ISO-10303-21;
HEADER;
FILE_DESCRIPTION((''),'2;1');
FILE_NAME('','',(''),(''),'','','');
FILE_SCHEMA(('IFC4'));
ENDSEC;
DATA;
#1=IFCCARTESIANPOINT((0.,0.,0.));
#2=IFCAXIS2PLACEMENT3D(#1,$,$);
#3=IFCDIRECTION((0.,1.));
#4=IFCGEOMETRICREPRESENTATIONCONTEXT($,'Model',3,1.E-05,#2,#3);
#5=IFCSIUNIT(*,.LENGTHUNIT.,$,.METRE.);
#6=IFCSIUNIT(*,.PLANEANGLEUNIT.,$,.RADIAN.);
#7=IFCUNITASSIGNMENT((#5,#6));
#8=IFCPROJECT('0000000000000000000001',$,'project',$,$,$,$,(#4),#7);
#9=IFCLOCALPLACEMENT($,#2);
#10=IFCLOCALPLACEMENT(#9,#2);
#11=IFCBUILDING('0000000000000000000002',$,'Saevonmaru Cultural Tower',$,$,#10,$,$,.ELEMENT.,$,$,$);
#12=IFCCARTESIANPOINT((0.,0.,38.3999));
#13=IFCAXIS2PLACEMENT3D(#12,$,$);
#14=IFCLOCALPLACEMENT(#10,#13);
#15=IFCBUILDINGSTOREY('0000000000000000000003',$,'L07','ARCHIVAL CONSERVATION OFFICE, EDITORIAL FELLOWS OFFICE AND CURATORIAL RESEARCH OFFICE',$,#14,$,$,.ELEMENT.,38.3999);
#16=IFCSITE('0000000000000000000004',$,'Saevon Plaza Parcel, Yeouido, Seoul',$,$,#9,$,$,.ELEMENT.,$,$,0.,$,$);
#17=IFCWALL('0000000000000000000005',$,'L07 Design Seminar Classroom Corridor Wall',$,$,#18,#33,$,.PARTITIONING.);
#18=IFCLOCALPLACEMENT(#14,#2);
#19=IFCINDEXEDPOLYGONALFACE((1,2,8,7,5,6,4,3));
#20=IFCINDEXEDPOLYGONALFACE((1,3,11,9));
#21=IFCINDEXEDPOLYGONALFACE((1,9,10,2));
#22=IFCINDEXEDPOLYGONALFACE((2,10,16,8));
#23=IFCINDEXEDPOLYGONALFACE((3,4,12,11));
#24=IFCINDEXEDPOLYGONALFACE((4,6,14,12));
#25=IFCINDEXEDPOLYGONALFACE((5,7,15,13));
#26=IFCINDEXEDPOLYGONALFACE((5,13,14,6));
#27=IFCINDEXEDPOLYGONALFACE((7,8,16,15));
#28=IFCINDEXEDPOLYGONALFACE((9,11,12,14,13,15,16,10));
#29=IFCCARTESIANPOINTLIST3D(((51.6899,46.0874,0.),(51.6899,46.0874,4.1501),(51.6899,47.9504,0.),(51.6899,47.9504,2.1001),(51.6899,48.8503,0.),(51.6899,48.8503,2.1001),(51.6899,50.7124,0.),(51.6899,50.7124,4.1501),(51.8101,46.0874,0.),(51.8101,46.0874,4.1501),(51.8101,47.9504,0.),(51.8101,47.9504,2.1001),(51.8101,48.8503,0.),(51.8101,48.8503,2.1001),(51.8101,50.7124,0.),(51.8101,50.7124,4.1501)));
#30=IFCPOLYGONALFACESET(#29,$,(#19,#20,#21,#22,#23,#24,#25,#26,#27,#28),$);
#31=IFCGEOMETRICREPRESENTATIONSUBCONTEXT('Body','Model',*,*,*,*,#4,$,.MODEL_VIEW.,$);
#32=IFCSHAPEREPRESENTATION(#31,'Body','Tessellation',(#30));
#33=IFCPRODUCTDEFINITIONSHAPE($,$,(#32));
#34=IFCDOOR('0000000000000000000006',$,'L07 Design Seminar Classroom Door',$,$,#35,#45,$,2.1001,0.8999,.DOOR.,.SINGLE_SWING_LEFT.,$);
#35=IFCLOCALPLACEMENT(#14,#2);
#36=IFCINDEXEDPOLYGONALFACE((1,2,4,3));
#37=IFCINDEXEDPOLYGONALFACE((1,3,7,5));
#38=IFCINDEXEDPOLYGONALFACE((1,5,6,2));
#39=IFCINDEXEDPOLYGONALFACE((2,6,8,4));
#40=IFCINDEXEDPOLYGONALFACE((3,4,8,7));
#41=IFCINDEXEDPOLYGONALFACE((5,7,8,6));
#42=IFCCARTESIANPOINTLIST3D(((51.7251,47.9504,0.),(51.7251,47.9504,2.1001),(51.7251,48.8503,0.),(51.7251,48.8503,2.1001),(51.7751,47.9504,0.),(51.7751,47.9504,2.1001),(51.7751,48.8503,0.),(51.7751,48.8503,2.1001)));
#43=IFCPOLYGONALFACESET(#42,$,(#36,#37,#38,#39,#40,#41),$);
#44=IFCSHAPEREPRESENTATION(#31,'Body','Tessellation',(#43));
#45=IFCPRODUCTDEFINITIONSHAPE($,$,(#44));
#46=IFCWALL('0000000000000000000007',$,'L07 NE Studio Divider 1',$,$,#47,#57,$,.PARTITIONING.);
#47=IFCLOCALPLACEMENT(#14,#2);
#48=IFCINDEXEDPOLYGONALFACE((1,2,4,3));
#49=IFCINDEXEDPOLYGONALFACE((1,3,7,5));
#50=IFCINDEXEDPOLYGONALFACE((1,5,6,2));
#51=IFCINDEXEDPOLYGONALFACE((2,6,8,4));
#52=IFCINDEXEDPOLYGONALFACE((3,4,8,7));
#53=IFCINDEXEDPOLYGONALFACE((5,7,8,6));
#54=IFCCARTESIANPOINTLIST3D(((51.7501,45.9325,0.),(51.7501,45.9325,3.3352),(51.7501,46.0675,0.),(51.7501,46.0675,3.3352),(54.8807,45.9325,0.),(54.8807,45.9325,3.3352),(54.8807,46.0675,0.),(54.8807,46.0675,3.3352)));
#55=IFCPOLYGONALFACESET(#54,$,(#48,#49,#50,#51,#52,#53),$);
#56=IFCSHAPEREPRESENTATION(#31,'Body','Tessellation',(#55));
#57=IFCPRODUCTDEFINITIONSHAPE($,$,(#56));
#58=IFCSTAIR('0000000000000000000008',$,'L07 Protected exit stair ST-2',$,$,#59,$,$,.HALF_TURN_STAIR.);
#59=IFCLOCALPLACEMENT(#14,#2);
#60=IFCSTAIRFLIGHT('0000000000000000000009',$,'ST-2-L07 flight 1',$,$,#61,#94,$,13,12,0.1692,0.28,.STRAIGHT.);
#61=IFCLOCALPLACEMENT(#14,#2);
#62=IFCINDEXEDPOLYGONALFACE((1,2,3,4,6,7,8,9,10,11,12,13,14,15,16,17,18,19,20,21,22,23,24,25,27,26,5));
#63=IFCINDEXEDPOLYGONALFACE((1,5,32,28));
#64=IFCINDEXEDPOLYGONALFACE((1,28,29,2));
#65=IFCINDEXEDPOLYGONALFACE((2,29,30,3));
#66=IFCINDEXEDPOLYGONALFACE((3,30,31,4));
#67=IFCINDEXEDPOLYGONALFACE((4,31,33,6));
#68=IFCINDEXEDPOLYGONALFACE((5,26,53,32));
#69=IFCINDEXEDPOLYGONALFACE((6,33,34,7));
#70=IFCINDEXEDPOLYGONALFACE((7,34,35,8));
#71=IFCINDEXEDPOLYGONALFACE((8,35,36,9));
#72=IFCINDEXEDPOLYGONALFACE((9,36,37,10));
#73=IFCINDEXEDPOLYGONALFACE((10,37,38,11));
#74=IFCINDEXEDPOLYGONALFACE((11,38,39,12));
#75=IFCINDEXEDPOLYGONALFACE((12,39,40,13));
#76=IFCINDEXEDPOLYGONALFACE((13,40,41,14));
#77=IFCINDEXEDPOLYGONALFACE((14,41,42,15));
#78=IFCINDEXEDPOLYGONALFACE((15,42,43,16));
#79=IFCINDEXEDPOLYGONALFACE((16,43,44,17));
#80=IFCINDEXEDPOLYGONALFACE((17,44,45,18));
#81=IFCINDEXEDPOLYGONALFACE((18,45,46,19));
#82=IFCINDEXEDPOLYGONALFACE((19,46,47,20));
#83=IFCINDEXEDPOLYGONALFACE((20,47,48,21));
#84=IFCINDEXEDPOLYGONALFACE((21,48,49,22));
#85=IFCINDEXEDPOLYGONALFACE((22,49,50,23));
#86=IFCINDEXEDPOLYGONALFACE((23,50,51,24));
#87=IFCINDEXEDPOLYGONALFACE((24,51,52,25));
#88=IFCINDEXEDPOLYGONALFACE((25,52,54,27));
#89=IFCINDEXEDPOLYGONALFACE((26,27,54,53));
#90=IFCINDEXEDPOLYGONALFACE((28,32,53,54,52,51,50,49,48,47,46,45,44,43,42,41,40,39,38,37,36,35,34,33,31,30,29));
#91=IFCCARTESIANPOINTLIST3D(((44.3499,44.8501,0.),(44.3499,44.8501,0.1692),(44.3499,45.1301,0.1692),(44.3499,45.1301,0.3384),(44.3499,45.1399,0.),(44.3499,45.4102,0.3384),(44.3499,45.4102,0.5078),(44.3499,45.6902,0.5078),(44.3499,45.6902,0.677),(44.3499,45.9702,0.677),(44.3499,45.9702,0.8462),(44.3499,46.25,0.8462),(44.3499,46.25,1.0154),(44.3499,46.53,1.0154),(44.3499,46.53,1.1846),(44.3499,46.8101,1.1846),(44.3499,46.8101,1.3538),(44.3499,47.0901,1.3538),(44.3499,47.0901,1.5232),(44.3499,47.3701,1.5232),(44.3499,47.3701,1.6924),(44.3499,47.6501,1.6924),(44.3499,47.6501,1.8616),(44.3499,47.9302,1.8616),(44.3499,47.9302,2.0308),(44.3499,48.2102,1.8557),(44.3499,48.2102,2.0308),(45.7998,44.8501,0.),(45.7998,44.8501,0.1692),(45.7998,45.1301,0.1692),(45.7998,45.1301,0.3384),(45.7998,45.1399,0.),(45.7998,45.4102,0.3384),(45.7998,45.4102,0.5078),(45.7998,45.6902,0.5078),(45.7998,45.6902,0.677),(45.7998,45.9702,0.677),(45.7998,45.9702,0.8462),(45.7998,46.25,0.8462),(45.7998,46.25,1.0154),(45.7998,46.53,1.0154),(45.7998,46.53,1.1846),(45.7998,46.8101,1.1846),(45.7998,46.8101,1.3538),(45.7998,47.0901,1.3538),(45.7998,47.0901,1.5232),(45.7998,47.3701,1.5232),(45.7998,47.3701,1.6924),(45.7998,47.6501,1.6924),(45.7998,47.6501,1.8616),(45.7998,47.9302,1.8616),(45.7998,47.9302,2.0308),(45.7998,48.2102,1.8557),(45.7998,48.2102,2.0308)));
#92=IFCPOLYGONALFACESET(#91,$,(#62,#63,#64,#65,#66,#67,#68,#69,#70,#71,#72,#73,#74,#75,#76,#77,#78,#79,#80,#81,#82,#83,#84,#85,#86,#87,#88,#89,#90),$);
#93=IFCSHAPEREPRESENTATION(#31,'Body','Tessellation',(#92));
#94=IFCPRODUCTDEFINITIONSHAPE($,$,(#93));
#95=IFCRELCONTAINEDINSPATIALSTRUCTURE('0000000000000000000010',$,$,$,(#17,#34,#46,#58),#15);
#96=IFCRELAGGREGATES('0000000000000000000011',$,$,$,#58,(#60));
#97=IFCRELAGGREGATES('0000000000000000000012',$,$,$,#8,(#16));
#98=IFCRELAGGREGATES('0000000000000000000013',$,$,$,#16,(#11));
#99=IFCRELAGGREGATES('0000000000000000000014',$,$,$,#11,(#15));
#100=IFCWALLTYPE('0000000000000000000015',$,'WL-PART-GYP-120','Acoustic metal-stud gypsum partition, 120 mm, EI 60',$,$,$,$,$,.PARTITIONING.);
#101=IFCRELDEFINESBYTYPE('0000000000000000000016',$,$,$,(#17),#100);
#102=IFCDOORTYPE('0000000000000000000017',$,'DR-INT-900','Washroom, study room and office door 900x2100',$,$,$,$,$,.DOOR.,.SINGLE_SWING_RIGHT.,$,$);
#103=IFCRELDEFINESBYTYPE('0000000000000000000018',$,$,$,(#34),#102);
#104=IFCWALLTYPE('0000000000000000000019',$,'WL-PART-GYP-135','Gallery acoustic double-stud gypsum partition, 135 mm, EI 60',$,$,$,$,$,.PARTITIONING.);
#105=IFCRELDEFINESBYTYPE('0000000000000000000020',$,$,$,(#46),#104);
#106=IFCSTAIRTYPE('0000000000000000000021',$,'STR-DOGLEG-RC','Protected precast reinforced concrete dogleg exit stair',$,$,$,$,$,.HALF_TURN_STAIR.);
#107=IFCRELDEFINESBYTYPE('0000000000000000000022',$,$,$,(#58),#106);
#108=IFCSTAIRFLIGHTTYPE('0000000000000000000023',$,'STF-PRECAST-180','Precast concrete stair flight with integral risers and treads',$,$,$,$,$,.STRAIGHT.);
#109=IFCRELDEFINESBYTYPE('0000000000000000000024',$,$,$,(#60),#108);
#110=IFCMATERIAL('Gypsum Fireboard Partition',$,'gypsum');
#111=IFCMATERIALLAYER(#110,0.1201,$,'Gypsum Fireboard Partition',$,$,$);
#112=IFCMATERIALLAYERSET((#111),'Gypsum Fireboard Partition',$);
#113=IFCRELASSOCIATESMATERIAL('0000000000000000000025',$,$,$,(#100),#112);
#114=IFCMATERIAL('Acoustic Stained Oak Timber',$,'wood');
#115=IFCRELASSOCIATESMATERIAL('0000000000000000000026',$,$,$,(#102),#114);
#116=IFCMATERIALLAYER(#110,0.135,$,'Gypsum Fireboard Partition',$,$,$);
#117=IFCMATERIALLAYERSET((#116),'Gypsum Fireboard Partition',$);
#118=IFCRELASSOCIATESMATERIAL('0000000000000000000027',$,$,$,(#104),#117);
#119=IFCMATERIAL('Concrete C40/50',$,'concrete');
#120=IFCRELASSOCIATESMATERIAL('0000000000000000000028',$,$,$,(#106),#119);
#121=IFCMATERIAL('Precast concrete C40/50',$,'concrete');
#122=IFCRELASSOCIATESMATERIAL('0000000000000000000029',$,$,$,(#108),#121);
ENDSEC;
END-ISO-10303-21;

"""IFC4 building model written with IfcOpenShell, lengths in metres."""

from ifc_helpers import new_model, si_unit, direction, frame, frame_2d, origin, place, context, subcontext, project, spatial, polyline, rectangle, outline, extrude, material, layer, layer_set, type_object, element, fill, aggregate, save


model = new_model("IFC4")

# Units and contexts
model_context = context("Model", 3, precision=1e-05, world=origin(), true_north=direction((0.0, 1.0)))
body_context = subcontext(model_context, "Body", "Model", "MODEL_VIEW")
ifc_project = project(units=[si_unit("LENGTHUNIT", "METRE"), si_unit("PLANEANGLEUNIT", "RADIAN")], contexts=[model_context])

# Site, building, storey
site_placement = place(None, origin())
site = spatial("IfcSite", under=ifc_project, at=site_placement, Name="Saevon Plaza Parcel, Yeouido, Seoul", CompositionType="ELEMENT", RefElevation=0.0)
building_placement = place(site_placement, origin())
building = spatial("IfcBuilding", under=site, at=building_placement, Name="Saevonmaru Cultural Tower", CompositionType="ELEMENT")
storey_placement = place(building_placement, frame((0.0, 0.0, 38.3999)))
storey = spatial("IfcBuildingStorey", under=building, at=storey_placement, Name="L07", Description="ARCHIVAL CONSERVATION OFFICE, EDITORIAL FELLOWS OFFICE AND CURATORIAL RESEARCH OFFICE", CompositionType="ELEMENT", Elevation=38.3999)

# Wall, opening, door
ifc_material_1 = material(Name="Gypsum Fireboard Partition", Category="gypsum")
ifc_layer_1 = layer(ifc_material_1, 0.1201, Name="Gypsum Fireboard Partition")
ifc_layer_set_1 = layer_set([ifc_layer_1], Name="Gypsum Fireboard Partition")
wall_type_1 = type_object("IfcWallType", Name="WL-PART-GYP-120", Description="Acoustic metal-stud gypsum partition, 120 mm, EI 60", PredefinedType="PARTITIONING", material=ifc_layer_set_1)
wall_1_placement = place(storey_placement, frame((51.75, 46.0874, 0.0), z_axis=(0.0, 0.0, 1.0), x_axis=(0.0, 1.0, 0.0)))
wall_1 = element("IfcWall", 1, at=wall_1_placement, inside=storey, type_object=wall_type_1, Name="L07 Design Seminar Classroom Corridor Wall", PredefinedType="PARTITIONING", context=body_context, shape_type="SweptSolid", body=[
    extrude(rectangle(XDim=4.625, YDim=0.1201, at=frame_2d((2.3125, 0.0))), origin(), (0.0, 0.0, 1.0), 4.1501),
])
opening_placement = place(wall_1_placement, frame((1.863, 0.0, 0.0)))
opening = element("IfcOpeningElement", 2, at=opening_placement, cuts=wall_1, PredefinedType="OPENING", context=body_context, shape_type="SweptSolid", body=[
    extrude(rectangle(XDim=0.8999, YDim=2.1001, at=frame_2d((0.45, 1.05))), frame((0.0, 0.0701, 0.0), z_axis=(0.0, -1.0, 0.0), x_axis=(1.0, 0.0, 0.0)), (0.0, 0.0, 1.0), 0.1401),
])
ifc_material_2 = material(Name="Acoustic Stained Oak Timber", Category="wood")
door_type = type_object("IfcDoorType", Name="DR-INT-900", Description="Washroom, study room and office door 900x2100", OperationType="SINGLE_SWING_RIGHT", PredefinedType="DOOR", material=ifc_material_2)
door_placement = place(opening_placement, origin())
door = element("IfcDoor", 3, at=door_placement, inside=storey, type_object=door_type, Name="L07 Design Seminar Classroom Door", OperationType="SINGLE_SWING_LEFT", OverallHeight=2.1001, OverallWidth=0.8999, PredefinedType="DOOR", context=body_context, shape_type="SweptSolid", body=[
    extrude(rectangle(XDim=0.8999, YDim=2.1001, at=frame_2d((0.45, 1.05))), frame((0.0, 0.0249, 0.0), z_axis=(0.0, -1.0, 0.0), x_axis=(1.0, 0.0, 0.0)), (0.0, 0.0, 1.0), 0.05),
])
fill(opening, door)

# Wall
ifc_layer_2 = layer(ifc_material_1, 0.135, Name="Gypsum Fireboard Partition")
ifc_layer_set_2 = layer_set([ifc_layer_2], Name="Gypsum Fireboard Partition")
wall_type_2 = type_object("IfcWallType", Name="WL-PART-GYP-135", Description="Gallery acoustic double-stud gypsum partition, 135 mm, EI 60", PredefinedType="PARTITIONING", material=ifc_layer_set_2)
wall_2_placement = place(storey_placement, frame((51.75, 46.0, 0.0), z_axis=(0.0, 0.0, 1.0), x_axis=(1.0, 0.0, 0.0)))
element("IfcWall", 4, at=wall_2_placement, inside=storey, type_object=wall_type_2, Name="L07 NE Studio Divider 1", PredefinedType="PARTITIONING", context=body_context, shape_type="SweptSolid", body=[
    extrude(rectangle(XDim=3.1306, YDim=0.135, at=frame_2d((1.5654, 0.0))), origin(), (0.0, 0.0, 1.0), 3.3352),
])

# Stair, stair flight
ifc_material_3 = material(Name="Concrete C40/50", Category="concrete")
stair_type = type_object("IfcStairType", Name="STR-DOGLEG-RC", Description="Protected precast reinforced concrete dogleg exit stair", PredefinedType="HALF_TURN_STAIR", material=ifc_material_3)
stair_placement = place(storey_placement, origin())
stair = element("IfcStair", 5, at=stair_placement, inside=storey, type_object=stair_type, Name="L07 Protected exit stair ST-2", PredefinedType="HALF_TURN_STAIR")
ifc_material_4 = material(Name="Precast concrete C40/50", Category="concrete")
stair_flight_type = type_object("IfcStairFlightType", Name="STF-PRECAST-180", Description="Precast concrete stair flight with integral risers and treads", PredefinedType="STRAIGHT", material=ifc_material_4)
stair_flight_placement = place(storey_placement, frame((45.075, 44.8501, 0.0), z_axis=(0.0, 0.0, 1.0), x_axis=(0.0, 1.0, 0.0)))
stair_flight = element("IfcStairFlight", 6, at=stair_flight_placement, type_object=stair_flight_type, Name="ST-2-L07 flight 1", NumberOfRisers=13, NumberOfTreads=12, PredefinedType="STRAIGHT", RiserHeight=0.1692, TreadLength=0.28, context=body_context, shape_type="SweptSolid", body=[
    extrude(outline(polyline([(0.0, 0.0), (0.0, 0.1692), (0.28, 0.1692), (0.28, 0.3384), (0.5601, 0.3384), (0.5601, 0.5078), (0.8401, 0.5078), (0.8401, 0.677), (1.1201, 0.677), (1.1201, 0.8462), (1.3999, 0.8462), (1.3999, 1.0154), (1.6799, 1.0154), (1.6799, 1.1846), (1.96, 1.1846), (1.96, 1.3538), (2.24, 1.3538), (2.24, 1.5232), (2.52, 1.5232), (2.52, 1.6924), (2.8, 1.6924), (2.8, 1.8616), (3.0801, 1.8616), (3.0801, 2.0308), (3.3601, 2.0308), (3.3601, 2.2), (3.3601, 1.8557), (0.2898, 0.0), (0.0, 0.0)])), frame((0.0, 0.7251, 0.0), z_axis=(0.0, -1.0, 0.0), x_axis=(1.0, 0.0, 0.0)), (0.0, 0.0, 1.0), 1.45),
])
aggregate(stair, [stair_flight])

save(model, "model.ifc")
